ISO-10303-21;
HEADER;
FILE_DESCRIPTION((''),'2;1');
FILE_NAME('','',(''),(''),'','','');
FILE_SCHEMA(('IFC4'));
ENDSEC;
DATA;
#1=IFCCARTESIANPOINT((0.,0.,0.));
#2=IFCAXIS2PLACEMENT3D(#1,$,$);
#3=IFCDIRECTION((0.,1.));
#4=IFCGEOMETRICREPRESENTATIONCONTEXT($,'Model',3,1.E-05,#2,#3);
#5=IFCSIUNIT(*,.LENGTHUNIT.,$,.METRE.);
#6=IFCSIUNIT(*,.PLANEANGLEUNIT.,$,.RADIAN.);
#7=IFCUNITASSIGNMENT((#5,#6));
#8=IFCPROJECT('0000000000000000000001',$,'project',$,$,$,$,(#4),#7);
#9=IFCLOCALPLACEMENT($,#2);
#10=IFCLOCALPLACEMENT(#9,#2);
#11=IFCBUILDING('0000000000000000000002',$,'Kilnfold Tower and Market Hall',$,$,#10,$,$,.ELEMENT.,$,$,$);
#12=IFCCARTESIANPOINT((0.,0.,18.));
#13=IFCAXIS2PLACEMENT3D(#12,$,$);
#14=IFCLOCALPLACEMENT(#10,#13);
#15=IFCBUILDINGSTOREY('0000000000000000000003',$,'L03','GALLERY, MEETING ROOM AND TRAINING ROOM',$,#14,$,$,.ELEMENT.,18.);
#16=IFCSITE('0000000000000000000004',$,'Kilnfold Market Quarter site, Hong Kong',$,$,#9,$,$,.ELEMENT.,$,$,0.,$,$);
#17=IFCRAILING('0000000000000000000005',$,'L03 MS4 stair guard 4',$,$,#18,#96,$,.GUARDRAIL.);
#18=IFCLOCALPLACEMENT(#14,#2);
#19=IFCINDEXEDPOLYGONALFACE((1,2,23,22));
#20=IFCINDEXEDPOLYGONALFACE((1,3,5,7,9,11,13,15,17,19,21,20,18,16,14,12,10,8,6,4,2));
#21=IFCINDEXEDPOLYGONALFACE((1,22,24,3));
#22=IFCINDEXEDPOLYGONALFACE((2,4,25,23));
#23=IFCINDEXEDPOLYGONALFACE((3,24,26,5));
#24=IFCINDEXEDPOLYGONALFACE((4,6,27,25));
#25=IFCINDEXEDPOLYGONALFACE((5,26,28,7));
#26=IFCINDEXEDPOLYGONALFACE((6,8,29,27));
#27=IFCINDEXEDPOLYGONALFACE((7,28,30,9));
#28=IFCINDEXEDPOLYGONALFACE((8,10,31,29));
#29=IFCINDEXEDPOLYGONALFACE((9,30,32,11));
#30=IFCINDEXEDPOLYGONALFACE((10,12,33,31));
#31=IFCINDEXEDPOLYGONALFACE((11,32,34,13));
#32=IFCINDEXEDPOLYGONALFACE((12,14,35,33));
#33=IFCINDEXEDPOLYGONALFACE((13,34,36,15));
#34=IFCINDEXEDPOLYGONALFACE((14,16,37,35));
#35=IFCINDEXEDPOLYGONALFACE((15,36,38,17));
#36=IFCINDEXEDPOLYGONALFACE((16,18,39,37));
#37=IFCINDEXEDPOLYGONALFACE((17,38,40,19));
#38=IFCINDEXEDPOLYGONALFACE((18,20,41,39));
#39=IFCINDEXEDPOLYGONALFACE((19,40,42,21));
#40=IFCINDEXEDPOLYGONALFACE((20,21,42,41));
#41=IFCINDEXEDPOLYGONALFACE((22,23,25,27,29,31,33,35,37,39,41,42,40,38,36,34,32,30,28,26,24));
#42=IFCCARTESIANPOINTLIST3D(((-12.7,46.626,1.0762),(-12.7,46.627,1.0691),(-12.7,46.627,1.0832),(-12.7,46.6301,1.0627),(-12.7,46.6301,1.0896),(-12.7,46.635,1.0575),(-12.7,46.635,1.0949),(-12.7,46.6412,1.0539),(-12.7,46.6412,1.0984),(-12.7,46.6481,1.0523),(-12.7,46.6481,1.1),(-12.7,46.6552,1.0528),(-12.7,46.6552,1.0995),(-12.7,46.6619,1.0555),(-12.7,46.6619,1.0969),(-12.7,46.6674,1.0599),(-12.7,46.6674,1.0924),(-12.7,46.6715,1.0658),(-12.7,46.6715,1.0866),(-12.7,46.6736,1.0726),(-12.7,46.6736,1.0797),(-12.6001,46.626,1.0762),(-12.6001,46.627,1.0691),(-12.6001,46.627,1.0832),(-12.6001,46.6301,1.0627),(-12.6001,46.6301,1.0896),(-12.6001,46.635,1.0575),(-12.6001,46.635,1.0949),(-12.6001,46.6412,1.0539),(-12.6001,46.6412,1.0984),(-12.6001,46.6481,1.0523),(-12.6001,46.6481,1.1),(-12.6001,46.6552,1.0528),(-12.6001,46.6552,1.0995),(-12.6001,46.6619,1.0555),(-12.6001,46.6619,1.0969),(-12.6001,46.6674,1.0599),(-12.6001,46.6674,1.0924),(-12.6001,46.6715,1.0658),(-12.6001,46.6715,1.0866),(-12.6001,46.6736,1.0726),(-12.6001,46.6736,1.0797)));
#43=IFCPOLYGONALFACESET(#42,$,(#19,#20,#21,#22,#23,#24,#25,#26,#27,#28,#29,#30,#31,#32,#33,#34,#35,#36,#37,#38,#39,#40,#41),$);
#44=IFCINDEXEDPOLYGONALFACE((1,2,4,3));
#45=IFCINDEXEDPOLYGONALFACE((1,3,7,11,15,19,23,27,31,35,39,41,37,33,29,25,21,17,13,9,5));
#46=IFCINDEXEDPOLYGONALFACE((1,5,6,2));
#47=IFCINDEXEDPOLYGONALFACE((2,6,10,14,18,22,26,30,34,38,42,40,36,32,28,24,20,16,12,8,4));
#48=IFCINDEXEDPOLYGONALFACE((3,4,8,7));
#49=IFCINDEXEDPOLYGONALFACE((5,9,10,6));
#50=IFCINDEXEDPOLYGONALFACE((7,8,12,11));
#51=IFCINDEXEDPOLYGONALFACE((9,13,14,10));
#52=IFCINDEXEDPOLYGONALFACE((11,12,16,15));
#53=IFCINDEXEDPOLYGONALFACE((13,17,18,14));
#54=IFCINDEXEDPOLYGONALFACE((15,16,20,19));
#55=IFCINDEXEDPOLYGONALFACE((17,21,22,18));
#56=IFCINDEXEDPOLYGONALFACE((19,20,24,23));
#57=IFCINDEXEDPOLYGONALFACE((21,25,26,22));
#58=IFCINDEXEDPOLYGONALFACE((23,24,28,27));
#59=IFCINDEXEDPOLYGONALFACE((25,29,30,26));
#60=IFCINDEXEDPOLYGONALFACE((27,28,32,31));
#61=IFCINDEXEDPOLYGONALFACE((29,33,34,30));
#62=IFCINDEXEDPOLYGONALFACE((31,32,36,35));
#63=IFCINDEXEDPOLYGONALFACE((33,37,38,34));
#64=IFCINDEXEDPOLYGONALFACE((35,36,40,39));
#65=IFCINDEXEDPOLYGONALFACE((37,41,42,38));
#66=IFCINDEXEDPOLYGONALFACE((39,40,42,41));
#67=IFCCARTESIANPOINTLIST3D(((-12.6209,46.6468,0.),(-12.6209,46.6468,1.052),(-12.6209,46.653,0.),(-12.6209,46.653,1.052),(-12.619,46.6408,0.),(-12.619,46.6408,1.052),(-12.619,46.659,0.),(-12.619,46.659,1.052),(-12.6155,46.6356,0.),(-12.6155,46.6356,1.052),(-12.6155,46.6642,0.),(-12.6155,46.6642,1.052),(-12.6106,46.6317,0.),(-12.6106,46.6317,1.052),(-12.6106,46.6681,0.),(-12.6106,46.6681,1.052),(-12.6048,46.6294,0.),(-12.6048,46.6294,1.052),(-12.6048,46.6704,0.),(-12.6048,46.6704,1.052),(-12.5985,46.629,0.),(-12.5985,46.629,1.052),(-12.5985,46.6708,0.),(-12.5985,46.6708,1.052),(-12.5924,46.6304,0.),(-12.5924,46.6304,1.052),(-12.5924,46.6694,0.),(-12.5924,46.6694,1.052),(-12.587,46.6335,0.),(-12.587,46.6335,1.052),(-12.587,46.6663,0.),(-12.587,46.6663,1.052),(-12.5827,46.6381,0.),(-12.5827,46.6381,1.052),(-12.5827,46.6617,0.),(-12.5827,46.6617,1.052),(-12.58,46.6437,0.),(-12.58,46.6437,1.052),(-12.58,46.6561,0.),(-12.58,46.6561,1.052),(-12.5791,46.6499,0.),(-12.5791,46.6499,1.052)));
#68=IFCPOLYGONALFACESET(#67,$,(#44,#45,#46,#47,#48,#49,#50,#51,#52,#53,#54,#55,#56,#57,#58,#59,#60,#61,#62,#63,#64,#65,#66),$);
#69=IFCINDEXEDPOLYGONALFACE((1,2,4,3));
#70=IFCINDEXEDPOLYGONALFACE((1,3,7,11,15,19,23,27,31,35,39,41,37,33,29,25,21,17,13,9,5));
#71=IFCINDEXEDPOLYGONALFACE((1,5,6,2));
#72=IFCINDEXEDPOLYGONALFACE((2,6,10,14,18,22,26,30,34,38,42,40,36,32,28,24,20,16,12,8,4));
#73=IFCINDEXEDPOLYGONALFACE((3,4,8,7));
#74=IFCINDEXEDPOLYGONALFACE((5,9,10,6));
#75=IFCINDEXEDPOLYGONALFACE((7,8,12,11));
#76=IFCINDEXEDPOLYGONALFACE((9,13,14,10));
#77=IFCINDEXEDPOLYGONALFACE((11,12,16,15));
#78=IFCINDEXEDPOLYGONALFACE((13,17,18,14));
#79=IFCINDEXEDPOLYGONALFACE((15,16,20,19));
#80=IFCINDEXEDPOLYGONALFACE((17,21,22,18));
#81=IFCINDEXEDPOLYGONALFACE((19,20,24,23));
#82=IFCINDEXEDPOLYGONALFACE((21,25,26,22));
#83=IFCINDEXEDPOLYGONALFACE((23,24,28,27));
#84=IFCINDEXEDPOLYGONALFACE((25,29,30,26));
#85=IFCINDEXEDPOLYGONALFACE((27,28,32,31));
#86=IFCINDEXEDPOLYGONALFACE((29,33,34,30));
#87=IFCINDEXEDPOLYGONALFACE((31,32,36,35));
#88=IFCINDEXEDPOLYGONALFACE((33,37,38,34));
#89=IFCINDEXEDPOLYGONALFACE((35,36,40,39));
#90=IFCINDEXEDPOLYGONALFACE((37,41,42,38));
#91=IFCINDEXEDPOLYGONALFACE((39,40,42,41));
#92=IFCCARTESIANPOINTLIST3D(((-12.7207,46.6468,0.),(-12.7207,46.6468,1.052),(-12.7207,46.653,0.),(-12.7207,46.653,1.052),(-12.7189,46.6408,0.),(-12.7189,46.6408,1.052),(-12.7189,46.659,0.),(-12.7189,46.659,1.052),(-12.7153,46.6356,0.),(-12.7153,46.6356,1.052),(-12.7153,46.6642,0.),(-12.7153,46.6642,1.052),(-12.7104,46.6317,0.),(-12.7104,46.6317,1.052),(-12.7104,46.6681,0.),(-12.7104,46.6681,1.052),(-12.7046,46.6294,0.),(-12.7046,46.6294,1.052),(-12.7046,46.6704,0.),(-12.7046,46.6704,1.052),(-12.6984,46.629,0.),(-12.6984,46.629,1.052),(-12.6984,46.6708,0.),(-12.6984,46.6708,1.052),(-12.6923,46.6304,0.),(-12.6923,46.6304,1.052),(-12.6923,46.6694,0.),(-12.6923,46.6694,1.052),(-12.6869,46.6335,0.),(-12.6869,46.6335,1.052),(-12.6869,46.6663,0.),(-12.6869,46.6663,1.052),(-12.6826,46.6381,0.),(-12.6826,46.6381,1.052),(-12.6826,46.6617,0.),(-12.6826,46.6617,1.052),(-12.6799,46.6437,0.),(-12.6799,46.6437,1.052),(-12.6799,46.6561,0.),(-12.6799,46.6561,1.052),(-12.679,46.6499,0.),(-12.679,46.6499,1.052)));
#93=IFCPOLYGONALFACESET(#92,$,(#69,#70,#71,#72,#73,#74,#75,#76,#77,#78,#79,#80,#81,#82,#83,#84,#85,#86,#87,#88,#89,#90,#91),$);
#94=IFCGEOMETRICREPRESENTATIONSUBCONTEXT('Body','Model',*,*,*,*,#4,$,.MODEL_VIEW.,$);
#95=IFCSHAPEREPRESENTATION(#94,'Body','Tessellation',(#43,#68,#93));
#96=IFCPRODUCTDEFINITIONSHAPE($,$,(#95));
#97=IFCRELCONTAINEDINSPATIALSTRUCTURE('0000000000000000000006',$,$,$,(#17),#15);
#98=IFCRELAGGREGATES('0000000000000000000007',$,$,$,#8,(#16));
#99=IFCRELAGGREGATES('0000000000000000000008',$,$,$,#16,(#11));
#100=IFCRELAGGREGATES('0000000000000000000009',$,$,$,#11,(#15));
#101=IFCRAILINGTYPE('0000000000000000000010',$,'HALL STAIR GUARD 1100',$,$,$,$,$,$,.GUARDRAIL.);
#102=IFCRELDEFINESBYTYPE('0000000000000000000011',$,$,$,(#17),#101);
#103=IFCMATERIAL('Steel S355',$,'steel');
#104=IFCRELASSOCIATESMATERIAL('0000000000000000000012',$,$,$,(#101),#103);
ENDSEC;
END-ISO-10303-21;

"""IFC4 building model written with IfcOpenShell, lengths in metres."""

from ifc_helpers import new_model, si_unit, direction, frame, origin, origin_2d, place, context, subcontext, project, spatial, circle, extrude, material, type_object, element, save


model = new_model("IFC4")

# Units and contexts
model_context = context("Model", 3, precision=1e-05, world=origin(), true_north=direction((0.0, 1.0)))
body_context = subcontext(model_context, "Body", "Model", "MODEL_VIEW")
ifc_project = project(units=[si_unit("LENGTHUNIT", "METRE"), si_unit("PLANEANGLEUNIT", "RADIAN")], contexts=[model_context])

# Site, building, storey
site_placement = place(None, origin())
site = spatial("IfcSite", under=ifc_project, at=site_placement, Name="Kilnfold Market Quarter site, Hong Kong", CompositionType="ELEMENT", RefElevation=0.0)
building_placement = place(site_placement, origin())
building = spatial("IfcBuilding", under=site, at=building_placement, Name="Kilnfold Tower and Market Hall", CompositionType="ELEMENT")
storey_placement = place(building_placement, frame((0.0, 0.0, 18.0)))
storey = spatial("IfcBuildingStorey", under=building, at=storey_placement, Name="L03", Description="GALLERY, MEETING ROOM AND TRAINING ROOM", CompositionType="ELEMENT", Elevation=18.0)

# Railing
ifc_material_1 = material(Name="Steel S355", Category="steel")
railing_type_1 = type_object("IfcRailingType", Name="HALL STAIR GUARD 1100", PredefinedType="GUARDRAIL", material=ifc_material_1)
railing_1_placement = place(storey_placement, frame((-12.6001, 46.6499, 0.0)))
element("IfcRailing", 1, at=railing_1_placement, inside=storey, type_object=railing_type_1, Name="L03 MS4 stair guard 4", PredefinedType="GUARDRAIL", context=body_context, shape_type="SweptSolid", body=[
    extrude(circle(Radius=0.0239, at=origin_2d()), frame((0.0, 0.0, 1.0762), z_axis=(-1.0, 0.0, 0.0), x_axis=(0.0, -1.0, 0.0)), (0.0, 0.0, 1.0), 0.0999),
    extrude(circle(Radius=0.021, at=origin_2d()), origin(), (0.0, 0.0, 1.0), 1.052),
    extrude(circle(Radius=0.021, at=origin_2d()), frame((-0.0999, 0.0, 0.0)), (0.0, 0.0, 1.0), 1.052),
])

save(model, "model.ifc")
